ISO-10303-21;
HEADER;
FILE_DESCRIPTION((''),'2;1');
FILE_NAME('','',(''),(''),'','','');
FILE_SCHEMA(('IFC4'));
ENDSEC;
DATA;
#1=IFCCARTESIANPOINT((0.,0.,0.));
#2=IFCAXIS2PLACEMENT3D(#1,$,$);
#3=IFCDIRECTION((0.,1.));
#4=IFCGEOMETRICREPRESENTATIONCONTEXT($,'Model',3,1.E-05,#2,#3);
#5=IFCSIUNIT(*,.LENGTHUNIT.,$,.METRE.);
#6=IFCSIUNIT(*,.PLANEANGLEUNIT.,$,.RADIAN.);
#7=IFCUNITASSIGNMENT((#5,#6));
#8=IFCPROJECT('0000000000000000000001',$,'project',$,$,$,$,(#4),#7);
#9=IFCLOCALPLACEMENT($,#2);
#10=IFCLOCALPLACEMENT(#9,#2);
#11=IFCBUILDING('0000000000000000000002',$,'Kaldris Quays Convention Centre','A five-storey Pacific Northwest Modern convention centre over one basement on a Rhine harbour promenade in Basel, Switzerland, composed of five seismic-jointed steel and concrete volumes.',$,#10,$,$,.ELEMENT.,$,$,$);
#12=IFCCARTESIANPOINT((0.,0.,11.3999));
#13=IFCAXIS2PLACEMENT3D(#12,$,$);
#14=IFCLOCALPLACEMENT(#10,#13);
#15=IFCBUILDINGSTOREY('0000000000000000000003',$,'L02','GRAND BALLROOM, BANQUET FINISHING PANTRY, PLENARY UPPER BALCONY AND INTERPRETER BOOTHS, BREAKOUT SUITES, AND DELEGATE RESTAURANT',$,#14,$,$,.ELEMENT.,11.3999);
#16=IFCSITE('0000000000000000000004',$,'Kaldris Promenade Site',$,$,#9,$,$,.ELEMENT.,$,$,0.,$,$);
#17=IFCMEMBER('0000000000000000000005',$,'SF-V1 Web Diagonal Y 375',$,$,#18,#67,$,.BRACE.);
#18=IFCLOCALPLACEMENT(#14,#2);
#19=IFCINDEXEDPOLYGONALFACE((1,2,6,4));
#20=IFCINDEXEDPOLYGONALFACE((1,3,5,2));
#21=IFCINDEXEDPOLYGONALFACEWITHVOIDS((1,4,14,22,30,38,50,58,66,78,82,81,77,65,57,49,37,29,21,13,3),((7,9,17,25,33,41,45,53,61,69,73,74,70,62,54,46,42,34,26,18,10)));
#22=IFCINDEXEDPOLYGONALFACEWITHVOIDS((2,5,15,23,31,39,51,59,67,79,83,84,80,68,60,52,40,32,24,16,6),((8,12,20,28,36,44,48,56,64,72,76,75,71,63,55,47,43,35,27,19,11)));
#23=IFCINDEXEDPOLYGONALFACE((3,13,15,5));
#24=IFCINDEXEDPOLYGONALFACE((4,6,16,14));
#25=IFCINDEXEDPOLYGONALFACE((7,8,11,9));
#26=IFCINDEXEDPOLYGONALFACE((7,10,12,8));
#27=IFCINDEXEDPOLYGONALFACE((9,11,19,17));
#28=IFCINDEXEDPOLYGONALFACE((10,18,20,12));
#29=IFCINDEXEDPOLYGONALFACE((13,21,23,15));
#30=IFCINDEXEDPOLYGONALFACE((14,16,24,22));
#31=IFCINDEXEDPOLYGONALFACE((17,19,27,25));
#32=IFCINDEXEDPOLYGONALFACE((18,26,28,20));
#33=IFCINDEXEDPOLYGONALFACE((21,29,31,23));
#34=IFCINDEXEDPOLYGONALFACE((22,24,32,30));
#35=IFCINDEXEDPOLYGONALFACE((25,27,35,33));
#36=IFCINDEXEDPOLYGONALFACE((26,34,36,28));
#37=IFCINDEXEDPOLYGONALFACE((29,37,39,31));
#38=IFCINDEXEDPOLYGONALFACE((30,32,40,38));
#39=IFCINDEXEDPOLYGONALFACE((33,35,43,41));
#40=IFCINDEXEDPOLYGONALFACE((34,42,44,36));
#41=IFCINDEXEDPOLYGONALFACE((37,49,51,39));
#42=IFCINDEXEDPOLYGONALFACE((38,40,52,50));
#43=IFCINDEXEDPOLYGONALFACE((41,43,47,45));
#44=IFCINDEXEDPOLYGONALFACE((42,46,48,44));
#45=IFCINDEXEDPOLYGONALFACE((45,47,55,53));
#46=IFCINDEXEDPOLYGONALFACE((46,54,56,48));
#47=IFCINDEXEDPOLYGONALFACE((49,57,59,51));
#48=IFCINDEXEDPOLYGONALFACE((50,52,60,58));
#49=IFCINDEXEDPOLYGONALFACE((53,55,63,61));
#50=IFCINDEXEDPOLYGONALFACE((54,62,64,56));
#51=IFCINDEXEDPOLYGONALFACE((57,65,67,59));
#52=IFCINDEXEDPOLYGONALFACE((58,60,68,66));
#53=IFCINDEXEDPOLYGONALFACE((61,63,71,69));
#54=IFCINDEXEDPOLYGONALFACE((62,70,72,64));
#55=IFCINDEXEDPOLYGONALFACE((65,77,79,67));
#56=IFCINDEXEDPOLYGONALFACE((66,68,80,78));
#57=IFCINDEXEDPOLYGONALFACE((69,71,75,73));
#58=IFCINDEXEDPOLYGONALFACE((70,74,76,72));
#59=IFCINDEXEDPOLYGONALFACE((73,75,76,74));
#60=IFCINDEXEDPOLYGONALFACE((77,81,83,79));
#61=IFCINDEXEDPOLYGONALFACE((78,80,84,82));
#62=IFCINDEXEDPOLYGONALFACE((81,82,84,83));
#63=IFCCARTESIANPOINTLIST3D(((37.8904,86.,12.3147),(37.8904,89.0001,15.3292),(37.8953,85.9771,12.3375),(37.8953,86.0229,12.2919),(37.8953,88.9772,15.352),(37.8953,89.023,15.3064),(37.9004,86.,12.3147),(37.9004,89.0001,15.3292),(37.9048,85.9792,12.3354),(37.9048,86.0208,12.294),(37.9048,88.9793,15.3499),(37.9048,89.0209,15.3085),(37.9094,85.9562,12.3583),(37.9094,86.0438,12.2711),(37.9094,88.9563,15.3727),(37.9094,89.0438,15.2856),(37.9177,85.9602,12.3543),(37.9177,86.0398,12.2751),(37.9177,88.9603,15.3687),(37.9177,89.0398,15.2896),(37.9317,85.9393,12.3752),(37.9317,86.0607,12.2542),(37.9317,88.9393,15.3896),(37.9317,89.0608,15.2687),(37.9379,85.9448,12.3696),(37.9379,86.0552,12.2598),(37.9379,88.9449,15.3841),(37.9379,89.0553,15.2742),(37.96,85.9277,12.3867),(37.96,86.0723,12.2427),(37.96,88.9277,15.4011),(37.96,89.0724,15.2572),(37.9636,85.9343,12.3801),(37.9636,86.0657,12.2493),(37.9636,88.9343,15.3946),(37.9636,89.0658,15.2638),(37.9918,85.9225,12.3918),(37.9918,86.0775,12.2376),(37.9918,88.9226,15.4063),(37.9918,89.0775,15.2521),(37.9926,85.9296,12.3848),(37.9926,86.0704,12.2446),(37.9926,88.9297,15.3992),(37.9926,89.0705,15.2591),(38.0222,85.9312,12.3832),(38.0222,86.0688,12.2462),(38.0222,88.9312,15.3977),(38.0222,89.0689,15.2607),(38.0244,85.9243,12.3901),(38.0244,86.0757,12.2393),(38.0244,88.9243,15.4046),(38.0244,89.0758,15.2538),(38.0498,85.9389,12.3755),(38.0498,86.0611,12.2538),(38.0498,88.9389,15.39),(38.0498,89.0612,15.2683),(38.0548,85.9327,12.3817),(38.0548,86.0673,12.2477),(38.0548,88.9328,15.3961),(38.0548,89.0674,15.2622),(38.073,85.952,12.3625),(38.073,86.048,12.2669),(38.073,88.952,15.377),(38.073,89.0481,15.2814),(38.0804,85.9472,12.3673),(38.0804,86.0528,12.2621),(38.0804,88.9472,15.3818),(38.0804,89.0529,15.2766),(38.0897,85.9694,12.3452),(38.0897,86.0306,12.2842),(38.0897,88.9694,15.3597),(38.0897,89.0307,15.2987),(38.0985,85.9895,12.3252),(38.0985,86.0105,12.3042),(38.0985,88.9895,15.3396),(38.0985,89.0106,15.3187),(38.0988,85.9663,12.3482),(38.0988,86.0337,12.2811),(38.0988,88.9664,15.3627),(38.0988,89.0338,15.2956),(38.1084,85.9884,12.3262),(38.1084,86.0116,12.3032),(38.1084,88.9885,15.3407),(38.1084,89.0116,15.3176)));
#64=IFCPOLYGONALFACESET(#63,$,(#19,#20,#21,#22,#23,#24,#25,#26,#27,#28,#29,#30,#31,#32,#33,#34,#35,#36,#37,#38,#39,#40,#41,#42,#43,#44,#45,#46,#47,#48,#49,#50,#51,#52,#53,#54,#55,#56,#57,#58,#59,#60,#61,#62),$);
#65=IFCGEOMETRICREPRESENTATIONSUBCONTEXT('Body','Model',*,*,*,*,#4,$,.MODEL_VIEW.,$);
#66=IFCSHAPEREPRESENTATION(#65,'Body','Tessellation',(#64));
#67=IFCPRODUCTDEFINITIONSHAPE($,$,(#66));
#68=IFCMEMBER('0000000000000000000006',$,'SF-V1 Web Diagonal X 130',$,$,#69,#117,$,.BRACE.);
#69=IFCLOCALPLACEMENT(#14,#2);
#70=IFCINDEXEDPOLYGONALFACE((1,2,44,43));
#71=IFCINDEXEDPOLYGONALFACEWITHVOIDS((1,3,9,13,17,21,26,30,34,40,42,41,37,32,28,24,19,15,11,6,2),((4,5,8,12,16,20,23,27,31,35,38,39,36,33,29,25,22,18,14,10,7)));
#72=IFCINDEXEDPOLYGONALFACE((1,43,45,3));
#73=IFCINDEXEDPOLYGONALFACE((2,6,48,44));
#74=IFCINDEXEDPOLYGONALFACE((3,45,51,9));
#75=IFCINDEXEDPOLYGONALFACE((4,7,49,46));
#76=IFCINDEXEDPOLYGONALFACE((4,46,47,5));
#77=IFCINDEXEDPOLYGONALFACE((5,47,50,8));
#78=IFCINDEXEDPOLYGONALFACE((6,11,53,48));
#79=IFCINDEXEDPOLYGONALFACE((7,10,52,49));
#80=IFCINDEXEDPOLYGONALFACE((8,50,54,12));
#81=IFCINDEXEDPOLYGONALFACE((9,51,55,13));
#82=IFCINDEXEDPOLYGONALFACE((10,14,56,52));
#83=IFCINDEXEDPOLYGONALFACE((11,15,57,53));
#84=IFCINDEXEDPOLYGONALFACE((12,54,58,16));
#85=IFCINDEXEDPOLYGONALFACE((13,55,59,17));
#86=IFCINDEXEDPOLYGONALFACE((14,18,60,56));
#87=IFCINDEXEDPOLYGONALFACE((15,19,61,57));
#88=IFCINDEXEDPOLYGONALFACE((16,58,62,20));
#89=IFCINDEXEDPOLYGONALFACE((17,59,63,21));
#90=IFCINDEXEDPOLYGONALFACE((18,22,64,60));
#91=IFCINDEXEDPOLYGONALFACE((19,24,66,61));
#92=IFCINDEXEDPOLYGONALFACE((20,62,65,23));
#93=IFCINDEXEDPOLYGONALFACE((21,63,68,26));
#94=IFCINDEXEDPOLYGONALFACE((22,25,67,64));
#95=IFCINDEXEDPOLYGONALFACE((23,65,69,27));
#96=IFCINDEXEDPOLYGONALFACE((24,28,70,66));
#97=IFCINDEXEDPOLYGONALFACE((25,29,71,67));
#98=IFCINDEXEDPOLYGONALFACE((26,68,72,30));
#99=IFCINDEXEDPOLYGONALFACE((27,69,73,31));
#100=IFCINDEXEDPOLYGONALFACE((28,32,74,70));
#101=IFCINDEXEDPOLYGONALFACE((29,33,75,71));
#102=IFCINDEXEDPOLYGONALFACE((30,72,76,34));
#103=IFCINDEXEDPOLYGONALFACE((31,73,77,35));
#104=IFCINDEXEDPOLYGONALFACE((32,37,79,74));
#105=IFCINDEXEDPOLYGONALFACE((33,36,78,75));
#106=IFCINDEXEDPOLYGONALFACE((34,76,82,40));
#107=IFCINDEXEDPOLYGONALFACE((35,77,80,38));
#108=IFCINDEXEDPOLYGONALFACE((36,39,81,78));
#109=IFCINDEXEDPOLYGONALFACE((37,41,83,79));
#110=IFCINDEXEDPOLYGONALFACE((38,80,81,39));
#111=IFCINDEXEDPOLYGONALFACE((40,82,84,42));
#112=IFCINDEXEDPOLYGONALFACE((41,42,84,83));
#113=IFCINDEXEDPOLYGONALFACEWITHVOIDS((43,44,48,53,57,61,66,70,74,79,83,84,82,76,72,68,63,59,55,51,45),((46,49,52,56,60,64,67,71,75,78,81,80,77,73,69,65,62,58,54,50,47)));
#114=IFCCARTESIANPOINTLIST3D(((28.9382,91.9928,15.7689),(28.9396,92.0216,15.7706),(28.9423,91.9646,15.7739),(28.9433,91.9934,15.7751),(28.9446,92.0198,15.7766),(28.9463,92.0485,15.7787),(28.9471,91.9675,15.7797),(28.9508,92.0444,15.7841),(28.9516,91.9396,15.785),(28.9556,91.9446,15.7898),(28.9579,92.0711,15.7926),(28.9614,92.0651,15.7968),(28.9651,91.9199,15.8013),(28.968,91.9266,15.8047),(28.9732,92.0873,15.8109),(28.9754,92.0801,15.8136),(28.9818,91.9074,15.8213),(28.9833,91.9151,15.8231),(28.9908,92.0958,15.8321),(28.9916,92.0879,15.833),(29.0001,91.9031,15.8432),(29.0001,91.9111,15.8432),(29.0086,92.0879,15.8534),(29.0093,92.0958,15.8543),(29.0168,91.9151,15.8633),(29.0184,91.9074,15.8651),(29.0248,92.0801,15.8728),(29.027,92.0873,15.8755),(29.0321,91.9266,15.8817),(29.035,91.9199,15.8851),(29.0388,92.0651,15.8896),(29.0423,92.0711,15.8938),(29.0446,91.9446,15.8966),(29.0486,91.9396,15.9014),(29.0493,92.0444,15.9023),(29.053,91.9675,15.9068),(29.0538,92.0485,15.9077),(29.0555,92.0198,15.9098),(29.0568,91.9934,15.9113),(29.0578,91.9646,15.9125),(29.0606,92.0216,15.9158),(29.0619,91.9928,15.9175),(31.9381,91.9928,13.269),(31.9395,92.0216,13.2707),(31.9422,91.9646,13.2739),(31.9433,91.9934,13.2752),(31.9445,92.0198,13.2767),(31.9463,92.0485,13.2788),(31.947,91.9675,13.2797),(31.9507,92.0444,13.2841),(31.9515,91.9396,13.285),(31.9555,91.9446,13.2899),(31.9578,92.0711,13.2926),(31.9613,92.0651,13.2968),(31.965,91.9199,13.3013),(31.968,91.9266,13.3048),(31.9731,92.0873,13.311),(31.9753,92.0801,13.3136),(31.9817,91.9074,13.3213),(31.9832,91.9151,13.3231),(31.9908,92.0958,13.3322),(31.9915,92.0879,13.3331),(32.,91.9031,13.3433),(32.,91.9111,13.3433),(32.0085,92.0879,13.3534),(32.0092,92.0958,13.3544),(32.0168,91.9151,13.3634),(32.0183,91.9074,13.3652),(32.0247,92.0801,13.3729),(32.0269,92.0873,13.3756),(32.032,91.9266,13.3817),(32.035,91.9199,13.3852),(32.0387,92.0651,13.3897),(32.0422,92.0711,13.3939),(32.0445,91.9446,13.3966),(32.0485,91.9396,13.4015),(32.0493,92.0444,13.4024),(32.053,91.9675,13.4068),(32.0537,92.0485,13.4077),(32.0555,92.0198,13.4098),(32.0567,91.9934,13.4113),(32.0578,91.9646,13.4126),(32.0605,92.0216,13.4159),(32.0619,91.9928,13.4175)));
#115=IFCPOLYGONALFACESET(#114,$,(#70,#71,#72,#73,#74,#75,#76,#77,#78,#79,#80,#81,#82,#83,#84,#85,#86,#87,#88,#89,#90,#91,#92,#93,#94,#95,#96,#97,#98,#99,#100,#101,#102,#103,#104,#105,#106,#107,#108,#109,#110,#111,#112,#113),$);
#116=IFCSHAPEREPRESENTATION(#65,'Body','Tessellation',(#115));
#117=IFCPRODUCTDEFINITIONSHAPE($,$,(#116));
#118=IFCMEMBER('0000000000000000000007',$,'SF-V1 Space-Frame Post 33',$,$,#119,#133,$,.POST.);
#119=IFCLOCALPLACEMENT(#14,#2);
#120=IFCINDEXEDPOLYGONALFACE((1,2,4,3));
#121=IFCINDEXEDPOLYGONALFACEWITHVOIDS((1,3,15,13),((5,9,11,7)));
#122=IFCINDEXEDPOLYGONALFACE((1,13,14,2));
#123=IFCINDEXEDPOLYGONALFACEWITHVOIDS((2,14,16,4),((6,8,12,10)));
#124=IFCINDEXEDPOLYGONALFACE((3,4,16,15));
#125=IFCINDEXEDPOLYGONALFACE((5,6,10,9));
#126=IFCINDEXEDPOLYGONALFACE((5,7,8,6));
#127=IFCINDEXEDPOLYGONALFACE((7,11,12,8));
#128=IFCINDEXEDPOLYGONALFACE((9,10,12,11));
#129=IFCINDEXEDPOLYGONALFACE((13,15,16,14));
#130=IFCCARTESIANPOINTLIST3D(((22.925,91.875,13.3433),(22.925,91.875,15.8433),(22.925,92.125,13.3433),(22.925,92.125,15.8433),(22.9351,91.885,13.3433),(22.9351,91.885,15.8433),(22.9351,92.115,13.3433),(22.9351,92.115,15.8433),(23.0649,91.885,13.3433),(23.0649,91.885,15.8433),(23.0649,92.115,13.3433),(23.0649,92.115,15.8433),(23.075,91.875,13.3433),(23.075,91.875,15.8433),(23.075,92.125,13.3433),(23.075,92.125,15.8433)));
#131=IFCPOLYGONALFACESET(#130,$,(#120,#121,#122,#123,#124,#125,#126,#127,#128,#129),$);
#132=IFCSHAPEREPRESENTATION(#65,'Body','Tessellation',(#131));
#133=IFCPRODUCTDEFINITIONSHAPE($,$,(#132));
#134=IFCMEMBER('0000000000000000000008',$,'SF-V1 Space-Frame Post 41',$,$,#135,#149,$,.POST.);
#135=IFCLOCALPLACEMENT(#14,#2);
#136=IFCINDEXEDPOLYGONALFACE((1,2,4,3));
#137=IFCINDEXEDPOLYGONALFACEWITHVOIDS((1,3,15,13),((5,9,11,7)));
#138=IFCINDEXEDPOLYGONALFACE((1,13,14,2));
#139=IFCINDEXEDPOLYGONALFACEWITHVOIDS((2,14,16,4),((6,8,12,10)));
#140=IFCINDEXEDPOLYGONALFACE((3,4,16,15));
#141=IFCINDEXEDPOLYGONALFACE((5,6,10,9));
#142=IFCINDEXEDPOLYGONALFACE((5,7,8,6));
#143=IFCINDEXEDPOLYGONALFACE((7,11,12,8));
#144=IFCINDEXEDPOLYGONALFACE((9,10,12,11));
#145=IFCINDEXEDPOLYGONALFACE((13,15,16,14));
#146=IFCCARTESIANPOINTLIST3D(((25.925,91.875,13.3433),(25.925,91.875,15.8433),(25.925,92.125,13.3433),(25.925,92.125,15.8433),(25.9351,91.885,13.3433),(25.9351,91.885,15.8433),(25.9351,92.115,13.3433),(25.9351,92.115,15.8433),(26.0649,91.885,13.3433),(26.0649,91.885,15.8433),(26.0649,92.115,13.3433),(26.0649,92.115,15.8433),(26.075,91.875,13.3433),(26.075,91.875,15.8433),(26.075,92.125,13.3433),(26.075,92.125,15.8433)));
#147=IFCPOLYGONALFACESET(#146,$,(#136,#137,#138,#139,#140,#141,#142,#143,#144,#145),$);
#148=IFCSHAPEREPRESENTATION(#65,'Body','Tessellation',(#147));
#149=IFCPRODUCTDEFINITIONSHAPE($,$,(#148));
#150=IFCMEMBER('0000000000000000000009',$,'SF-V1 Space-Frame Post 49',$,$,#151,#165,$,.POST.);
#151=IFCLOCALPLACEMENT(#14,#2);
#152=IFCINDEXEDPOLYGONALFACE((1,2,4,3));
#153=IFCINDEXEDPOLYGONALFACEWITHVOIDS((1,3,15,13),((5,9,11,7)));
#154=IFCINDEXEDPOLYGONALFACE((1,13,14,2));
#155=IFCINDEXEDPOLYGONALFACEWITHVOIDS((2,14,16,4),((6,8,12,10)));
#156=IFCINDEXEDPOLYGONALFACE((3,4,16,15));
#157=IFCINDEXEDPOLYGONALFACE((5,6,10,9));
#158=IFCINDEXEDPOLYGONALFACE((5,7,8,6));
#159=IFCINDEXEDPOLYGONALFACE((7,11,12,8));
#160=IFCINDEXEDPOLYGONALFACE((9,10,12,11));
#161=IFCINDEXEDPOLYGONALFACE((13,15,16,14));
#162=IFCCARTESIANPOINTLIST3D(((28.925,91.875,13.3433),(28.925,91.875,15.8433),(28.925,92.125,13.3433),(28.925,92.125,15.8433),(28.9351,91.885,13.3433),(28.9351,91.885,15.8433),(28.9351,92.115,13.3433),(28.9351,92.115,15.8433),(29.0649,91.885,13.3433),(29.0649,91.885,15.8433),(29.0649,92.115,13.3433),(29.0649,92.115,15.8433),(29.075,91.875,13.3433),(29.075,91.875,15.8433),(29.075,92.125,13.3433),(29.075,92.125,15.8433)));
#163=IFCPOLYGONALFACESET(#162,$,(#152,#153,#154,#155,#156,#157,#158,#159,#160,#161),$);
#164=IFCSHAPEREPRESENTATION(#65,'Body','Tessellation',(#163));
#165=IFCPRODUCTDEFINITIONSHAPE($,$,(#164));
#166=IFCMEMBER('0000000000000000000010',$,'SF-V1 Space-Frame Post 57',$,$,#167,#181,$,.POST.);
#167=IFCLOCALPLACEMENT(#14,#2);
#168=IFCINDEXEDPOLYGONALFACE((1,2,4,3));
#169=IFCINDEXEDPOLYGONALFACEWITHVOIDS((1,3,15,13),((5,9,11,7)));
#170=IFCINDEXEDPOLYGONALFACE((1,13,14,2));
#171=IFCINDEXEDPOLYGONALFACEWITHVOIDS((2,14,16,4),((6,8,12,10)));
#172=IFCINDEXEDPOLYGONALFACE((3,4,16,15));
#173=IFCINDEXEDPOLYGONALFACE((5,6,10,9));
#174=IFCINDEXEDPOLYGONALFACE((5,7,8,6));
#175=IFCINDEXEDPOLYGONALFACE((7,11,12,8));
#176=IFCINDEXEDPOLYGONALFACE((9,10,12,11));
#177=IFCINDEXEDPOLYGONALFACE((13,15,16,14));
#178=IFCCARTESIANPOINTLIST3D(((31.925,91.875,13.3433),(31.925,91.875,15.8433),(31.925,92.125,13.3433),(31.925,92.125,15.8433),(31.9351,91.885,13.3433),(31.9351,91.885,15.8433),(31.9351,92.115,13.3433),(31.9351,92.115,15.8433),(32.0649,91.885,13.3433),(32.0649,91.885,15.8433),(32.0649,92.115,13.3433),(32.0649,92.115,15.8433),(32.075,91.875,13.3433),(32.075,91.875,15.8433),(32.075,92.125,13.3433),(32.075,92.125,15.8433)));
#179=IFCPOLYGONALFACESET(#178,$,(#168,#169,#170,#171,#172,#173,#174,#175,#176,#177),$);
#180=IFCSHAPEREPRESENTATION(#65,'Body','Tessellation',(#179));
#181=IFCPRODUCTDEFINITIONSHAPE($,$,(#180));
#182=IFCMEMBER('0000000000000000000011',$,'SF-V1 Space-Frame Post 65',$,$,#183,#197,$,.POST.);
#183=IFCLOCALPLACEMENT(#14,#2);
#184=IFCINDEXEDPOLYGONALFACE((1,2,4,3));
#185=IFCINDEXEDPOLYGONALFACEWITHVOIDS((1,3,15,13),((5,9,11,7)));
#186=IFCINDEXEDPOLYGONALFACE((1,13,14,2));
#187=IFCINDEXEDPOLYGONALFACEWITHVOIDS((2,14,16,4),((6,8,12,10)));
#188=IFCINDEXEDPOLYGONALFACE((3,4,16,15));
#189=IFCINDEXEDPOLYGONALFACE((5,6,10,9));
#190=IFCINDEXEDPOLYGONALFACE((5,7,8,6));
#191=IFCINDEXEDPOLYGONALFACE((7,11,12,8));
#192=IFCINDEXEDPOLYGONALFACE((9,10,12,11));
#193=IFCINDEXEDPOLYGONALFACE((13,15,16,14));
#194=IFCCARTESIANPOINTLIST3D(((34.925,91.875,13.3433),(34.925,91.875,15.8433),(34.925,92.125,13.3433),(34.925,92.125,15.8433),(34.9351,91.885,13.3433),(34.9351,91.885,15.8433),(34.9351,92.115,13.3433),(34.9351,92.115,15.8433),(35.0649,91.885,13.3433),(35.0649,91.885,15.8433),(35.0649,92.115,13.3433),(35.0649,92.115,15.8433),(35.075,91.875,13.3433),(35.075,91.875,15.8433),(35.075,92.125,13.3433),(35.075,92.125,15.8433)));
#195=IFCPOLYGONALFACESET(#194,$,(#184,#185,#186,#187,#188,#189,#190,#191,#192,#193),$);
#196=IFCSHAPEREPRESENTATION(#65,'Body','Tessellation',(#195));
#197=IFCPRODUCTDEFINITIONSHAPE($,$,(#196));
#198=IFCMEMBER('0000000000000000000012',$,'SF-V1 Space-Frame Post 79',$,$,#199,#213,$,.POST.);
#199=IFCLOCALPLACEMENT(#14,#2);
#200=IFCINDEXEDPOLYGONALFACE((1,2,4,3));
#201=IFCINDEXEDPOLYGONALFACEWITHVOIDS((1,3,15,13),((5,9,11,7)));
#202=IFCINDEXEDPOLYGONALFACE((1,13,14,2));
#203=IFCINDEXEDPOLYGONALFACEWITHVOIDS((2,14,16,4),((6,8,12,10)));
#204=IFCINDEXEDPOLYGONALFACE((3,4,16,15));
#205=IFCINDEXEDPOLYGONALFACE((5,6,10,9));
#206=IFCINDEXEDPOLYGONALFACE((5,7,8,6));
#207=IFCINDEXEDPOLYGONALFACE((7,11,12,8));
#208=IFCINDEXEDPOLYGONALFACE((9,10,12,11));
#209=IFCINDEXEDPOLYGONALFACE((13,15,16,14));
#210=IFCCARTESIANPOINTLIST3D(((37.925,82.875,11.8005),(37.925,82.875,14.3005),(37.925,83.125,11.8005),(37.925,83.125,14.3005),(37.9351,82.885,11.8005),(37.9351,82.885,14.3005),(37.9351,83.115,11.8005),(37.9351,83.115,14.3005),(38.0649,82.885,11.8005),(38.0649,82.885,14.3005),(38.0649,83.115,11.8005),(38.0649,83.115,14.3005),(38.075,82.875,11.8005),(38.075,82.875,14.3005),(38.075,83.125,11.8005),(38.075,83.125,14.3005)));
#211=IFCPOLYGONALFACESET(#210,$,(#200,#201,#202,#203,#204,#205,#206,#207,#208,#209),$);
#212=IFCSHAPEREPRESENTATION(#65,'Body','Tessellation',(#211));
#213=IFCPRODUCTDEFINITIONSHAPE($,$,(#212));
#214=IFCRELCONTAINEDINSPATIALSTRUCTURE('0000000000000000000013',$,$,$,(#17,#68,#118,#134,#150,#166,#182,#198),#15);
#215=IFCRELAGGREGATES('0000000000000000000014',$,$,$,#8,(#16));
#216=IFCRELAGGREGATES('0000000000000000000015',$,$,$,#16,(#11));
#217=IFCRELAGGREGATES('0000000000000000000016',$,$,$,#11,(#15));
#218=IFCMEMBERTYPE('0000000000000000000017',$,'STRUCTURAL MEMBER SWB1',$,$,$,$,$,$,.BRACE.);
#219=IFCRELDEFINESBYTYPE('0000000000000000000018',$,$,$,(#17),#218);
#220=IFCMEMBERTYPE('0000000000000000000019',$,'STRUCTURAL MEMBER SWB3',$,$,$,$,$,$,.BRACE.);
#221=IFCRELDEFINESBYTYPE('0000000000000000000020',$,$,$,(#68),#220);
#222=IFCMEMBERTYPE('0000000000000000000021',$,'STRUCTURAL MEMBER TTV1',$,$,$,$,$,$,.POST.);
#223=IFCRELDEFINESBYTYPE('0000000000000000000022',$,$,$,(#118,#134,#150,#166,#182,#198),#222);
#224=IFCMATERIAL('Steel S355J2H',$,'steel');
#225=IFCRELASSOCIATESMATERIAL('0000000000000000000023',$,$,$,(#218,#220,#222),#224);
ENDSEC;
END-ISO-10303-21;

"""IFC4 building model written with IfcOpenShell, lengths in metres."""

from ifc_helpers import new_model, si_unit, direction, frame, origin, origin_2d, place, context, subcontext, project, spatial, hollow_rectangle, hollow_circle, extrude, material, material_profile, profile_set, type_object, element, save


model = new_model("IFC4")

# Units and contexts
model_context = context("Model", 3, precision=1e-05, world=origin(), true_north=direction((0.0, 1.0)))
body_context = subcontext(model_context, "Body", "Model", "MODEL_VIEW")
ifc_project = project(units=[si_unit("LENGTHUNIT", "METRE"), si_unit("PLANEANGLEUNIT", "RADIAN")], contexts=[model_context])

# Site, building, storey
site_placement = place(None, origin())
site = spatial("IfcSite", under=ifc_project, at=site_placement, Name="Kaldris Promenade Site", CompositionType="ELEMENT", RefElevation=0.0)
building_placement = place(site_placement, origin())
building = spatial("IfcBuilding", under=site, at=building_placement, Name="Kaldris Quays Convention Centre", Description="A five-storey Pacific Northwest Modern convention centre over one basement on a Rhine harbour promenade in Basel, Switzerland, composed of five seismic-jointed steel and concrete volumes.", CompositionType="ELEMENT")
storey_placement = place(building_placement, frame((0.0, 0.0, 11.3999)))
storey = spatial("IfcBuildingStorey", under=building, at=storey_placement, Name="L02", Description="GRAND BALLROOM, BANQUET FINISHING PANTRY, PLENARY UPPER BALCONY AND INTERPRETER BOOTHS, BREAKOUT SUITES, AND DELEGATE RESTAURANT", CompositionType="ELEMENT", Elevation=11.3999)

# Members
ifc_material_1 = material(Name="Steel S355J2H", Category="steel")
ifc_material_profile_1 = material_profile(ifc_material_1, hollow_circle(Radius=0.1096, WallThickness=0.01, at=origin_2d()), Name="CHS 219.1x10")
ifc_profile_set_1 = profile_set([ifc_material_profile_1], Name="Steel S355J2H")
member_type_1 = type_object("IfcMemberType", Name="STRUCTURAL MEMBER SWB1", PredefinedType="BRACE", material=ifc_profile_set_1)
member_1_placement = place(storey_placement, frame((38.0, 86.0, 12.3147), z_axis=(0.0, 0.705411, 0.708798), x_axis=(-1.0, 0.0, 0.0)))
element("IfcMember", 1, at=member_1_placement, inside=storey, type_object=member_type_1, Name="SF-V1 Web Diagonal Y 375", PredefinedType="BRACE", context=body_context, shape_type="SweptSolid", body=[
    extrude(hollow_circle(Radius=0.1096, WallThickness=0.01, at=origin_2d()), origin(), (0.0, 0.0, 1.0), 4.2529),
])
ifc_material_profile_2 = material_profile(ifc_material_1, hollow_circle(Radius=0.0969, WallThickness=0.0081, at=origin_2d()), Name="CHS 193.7x8")
ifc_profile_set_2 = profile_set([ifc_material_profile_2], Name="Steel S355J2H")
member_type_2 = type_object("IfcMemberType", Name="STRUCTURAL MEMBER SWB3", PredefinedType="BRACE", material=ifc_profile_set_2)
member_2_placement = place(storey_placement, frame((32.0, 92.0, 13.3433), z_axis=(-0.768221, 0.0, 0.640184), x_axis=(0.0, -1.0, 0.0)))
element("IfcMember", 2, at=member_2_placement, inside=storey, type_object=member_type_2, Name="SF-V1 Web Diagonal X 130", PredefinedType="BRACE", context=body_context, shape_type="SweptSolid", body=[
    extrude(hollow_circle(Radius=0.0969, WallThickness=0.0081, at=origin_2d()), origin(), (0.0, 0.0, 1.0), 3.905),
])
ifc_material_profile_3 = material_profile(ifc_material_1, hollow_rectangle(XDim=0.1499, YDim=0.25, WallThickness=0.01, at=origin_2d()), Name="RHS 250x150x10")
ifc_profile_set_3 = profile_set([ifc_material_profile_3], Name="Steel S355J2H")
member_type_3 = type_object("IfcMemberType", Name="STRUCTURAL MEMBER TTV1", PredefinedType="POST", material=ifc_profile_set_3)
for number, where, z_axis, x_axis, name in (
    (3, (23.0, 92.0, 13.3433), (0.0, 0.0, 1.0), (1.0, 0.0, 0.0), "SF-V1 Space-Frame Post 33"),
    (4, (26.0, 92.0, 13.3433), (0.0, 0.0, 1.0), (1.0, 0.0, 0.0), "SF-V1 Space-Frame Post 41"),
    (5, (29.0, 92.0, 13.3433), (0.0, 0.0, 1.0), (1.0, 0.0, 0.0), "SF-V1 Space-Frame Post 49"),
    (6, (32.0, 92.0, 13.3433), (0.0, 0.0, 1.0), (1.0, 0.0, 0.0), "SF-V1 Space-Frame Post 57"),
    (7, (35.0, 92.0, 13.3433), (0.0, 0.0, 1.0), (1.0, 0.0, 0.0), "SF-V1 Space-Frame Post 65"),
    (8, (38.0, 83.0, 11.8005), (0.0, 0.0, 1.0), (1.0, 0.0, 0.0), "SF-V1 Space-Frame Post 79"),
):
    element("IfcMember", number, at=place(storey_placement, frame(where, z_axis=z_axis, x_axis=x_axis)), inside=storey, type_object=member_type_3, Name=name, PredefinedType="POST", context=body_context, shape_type="SweptSolid", body=[
        extrude(hollow_rectangle(XDim=0.1499, YDim=0.25, WallThickness=0.01, at=origin_2d()), origin(), (0.0, 0.0, 1.0), 2.5),
    ])

save(model, "model.ifc")
